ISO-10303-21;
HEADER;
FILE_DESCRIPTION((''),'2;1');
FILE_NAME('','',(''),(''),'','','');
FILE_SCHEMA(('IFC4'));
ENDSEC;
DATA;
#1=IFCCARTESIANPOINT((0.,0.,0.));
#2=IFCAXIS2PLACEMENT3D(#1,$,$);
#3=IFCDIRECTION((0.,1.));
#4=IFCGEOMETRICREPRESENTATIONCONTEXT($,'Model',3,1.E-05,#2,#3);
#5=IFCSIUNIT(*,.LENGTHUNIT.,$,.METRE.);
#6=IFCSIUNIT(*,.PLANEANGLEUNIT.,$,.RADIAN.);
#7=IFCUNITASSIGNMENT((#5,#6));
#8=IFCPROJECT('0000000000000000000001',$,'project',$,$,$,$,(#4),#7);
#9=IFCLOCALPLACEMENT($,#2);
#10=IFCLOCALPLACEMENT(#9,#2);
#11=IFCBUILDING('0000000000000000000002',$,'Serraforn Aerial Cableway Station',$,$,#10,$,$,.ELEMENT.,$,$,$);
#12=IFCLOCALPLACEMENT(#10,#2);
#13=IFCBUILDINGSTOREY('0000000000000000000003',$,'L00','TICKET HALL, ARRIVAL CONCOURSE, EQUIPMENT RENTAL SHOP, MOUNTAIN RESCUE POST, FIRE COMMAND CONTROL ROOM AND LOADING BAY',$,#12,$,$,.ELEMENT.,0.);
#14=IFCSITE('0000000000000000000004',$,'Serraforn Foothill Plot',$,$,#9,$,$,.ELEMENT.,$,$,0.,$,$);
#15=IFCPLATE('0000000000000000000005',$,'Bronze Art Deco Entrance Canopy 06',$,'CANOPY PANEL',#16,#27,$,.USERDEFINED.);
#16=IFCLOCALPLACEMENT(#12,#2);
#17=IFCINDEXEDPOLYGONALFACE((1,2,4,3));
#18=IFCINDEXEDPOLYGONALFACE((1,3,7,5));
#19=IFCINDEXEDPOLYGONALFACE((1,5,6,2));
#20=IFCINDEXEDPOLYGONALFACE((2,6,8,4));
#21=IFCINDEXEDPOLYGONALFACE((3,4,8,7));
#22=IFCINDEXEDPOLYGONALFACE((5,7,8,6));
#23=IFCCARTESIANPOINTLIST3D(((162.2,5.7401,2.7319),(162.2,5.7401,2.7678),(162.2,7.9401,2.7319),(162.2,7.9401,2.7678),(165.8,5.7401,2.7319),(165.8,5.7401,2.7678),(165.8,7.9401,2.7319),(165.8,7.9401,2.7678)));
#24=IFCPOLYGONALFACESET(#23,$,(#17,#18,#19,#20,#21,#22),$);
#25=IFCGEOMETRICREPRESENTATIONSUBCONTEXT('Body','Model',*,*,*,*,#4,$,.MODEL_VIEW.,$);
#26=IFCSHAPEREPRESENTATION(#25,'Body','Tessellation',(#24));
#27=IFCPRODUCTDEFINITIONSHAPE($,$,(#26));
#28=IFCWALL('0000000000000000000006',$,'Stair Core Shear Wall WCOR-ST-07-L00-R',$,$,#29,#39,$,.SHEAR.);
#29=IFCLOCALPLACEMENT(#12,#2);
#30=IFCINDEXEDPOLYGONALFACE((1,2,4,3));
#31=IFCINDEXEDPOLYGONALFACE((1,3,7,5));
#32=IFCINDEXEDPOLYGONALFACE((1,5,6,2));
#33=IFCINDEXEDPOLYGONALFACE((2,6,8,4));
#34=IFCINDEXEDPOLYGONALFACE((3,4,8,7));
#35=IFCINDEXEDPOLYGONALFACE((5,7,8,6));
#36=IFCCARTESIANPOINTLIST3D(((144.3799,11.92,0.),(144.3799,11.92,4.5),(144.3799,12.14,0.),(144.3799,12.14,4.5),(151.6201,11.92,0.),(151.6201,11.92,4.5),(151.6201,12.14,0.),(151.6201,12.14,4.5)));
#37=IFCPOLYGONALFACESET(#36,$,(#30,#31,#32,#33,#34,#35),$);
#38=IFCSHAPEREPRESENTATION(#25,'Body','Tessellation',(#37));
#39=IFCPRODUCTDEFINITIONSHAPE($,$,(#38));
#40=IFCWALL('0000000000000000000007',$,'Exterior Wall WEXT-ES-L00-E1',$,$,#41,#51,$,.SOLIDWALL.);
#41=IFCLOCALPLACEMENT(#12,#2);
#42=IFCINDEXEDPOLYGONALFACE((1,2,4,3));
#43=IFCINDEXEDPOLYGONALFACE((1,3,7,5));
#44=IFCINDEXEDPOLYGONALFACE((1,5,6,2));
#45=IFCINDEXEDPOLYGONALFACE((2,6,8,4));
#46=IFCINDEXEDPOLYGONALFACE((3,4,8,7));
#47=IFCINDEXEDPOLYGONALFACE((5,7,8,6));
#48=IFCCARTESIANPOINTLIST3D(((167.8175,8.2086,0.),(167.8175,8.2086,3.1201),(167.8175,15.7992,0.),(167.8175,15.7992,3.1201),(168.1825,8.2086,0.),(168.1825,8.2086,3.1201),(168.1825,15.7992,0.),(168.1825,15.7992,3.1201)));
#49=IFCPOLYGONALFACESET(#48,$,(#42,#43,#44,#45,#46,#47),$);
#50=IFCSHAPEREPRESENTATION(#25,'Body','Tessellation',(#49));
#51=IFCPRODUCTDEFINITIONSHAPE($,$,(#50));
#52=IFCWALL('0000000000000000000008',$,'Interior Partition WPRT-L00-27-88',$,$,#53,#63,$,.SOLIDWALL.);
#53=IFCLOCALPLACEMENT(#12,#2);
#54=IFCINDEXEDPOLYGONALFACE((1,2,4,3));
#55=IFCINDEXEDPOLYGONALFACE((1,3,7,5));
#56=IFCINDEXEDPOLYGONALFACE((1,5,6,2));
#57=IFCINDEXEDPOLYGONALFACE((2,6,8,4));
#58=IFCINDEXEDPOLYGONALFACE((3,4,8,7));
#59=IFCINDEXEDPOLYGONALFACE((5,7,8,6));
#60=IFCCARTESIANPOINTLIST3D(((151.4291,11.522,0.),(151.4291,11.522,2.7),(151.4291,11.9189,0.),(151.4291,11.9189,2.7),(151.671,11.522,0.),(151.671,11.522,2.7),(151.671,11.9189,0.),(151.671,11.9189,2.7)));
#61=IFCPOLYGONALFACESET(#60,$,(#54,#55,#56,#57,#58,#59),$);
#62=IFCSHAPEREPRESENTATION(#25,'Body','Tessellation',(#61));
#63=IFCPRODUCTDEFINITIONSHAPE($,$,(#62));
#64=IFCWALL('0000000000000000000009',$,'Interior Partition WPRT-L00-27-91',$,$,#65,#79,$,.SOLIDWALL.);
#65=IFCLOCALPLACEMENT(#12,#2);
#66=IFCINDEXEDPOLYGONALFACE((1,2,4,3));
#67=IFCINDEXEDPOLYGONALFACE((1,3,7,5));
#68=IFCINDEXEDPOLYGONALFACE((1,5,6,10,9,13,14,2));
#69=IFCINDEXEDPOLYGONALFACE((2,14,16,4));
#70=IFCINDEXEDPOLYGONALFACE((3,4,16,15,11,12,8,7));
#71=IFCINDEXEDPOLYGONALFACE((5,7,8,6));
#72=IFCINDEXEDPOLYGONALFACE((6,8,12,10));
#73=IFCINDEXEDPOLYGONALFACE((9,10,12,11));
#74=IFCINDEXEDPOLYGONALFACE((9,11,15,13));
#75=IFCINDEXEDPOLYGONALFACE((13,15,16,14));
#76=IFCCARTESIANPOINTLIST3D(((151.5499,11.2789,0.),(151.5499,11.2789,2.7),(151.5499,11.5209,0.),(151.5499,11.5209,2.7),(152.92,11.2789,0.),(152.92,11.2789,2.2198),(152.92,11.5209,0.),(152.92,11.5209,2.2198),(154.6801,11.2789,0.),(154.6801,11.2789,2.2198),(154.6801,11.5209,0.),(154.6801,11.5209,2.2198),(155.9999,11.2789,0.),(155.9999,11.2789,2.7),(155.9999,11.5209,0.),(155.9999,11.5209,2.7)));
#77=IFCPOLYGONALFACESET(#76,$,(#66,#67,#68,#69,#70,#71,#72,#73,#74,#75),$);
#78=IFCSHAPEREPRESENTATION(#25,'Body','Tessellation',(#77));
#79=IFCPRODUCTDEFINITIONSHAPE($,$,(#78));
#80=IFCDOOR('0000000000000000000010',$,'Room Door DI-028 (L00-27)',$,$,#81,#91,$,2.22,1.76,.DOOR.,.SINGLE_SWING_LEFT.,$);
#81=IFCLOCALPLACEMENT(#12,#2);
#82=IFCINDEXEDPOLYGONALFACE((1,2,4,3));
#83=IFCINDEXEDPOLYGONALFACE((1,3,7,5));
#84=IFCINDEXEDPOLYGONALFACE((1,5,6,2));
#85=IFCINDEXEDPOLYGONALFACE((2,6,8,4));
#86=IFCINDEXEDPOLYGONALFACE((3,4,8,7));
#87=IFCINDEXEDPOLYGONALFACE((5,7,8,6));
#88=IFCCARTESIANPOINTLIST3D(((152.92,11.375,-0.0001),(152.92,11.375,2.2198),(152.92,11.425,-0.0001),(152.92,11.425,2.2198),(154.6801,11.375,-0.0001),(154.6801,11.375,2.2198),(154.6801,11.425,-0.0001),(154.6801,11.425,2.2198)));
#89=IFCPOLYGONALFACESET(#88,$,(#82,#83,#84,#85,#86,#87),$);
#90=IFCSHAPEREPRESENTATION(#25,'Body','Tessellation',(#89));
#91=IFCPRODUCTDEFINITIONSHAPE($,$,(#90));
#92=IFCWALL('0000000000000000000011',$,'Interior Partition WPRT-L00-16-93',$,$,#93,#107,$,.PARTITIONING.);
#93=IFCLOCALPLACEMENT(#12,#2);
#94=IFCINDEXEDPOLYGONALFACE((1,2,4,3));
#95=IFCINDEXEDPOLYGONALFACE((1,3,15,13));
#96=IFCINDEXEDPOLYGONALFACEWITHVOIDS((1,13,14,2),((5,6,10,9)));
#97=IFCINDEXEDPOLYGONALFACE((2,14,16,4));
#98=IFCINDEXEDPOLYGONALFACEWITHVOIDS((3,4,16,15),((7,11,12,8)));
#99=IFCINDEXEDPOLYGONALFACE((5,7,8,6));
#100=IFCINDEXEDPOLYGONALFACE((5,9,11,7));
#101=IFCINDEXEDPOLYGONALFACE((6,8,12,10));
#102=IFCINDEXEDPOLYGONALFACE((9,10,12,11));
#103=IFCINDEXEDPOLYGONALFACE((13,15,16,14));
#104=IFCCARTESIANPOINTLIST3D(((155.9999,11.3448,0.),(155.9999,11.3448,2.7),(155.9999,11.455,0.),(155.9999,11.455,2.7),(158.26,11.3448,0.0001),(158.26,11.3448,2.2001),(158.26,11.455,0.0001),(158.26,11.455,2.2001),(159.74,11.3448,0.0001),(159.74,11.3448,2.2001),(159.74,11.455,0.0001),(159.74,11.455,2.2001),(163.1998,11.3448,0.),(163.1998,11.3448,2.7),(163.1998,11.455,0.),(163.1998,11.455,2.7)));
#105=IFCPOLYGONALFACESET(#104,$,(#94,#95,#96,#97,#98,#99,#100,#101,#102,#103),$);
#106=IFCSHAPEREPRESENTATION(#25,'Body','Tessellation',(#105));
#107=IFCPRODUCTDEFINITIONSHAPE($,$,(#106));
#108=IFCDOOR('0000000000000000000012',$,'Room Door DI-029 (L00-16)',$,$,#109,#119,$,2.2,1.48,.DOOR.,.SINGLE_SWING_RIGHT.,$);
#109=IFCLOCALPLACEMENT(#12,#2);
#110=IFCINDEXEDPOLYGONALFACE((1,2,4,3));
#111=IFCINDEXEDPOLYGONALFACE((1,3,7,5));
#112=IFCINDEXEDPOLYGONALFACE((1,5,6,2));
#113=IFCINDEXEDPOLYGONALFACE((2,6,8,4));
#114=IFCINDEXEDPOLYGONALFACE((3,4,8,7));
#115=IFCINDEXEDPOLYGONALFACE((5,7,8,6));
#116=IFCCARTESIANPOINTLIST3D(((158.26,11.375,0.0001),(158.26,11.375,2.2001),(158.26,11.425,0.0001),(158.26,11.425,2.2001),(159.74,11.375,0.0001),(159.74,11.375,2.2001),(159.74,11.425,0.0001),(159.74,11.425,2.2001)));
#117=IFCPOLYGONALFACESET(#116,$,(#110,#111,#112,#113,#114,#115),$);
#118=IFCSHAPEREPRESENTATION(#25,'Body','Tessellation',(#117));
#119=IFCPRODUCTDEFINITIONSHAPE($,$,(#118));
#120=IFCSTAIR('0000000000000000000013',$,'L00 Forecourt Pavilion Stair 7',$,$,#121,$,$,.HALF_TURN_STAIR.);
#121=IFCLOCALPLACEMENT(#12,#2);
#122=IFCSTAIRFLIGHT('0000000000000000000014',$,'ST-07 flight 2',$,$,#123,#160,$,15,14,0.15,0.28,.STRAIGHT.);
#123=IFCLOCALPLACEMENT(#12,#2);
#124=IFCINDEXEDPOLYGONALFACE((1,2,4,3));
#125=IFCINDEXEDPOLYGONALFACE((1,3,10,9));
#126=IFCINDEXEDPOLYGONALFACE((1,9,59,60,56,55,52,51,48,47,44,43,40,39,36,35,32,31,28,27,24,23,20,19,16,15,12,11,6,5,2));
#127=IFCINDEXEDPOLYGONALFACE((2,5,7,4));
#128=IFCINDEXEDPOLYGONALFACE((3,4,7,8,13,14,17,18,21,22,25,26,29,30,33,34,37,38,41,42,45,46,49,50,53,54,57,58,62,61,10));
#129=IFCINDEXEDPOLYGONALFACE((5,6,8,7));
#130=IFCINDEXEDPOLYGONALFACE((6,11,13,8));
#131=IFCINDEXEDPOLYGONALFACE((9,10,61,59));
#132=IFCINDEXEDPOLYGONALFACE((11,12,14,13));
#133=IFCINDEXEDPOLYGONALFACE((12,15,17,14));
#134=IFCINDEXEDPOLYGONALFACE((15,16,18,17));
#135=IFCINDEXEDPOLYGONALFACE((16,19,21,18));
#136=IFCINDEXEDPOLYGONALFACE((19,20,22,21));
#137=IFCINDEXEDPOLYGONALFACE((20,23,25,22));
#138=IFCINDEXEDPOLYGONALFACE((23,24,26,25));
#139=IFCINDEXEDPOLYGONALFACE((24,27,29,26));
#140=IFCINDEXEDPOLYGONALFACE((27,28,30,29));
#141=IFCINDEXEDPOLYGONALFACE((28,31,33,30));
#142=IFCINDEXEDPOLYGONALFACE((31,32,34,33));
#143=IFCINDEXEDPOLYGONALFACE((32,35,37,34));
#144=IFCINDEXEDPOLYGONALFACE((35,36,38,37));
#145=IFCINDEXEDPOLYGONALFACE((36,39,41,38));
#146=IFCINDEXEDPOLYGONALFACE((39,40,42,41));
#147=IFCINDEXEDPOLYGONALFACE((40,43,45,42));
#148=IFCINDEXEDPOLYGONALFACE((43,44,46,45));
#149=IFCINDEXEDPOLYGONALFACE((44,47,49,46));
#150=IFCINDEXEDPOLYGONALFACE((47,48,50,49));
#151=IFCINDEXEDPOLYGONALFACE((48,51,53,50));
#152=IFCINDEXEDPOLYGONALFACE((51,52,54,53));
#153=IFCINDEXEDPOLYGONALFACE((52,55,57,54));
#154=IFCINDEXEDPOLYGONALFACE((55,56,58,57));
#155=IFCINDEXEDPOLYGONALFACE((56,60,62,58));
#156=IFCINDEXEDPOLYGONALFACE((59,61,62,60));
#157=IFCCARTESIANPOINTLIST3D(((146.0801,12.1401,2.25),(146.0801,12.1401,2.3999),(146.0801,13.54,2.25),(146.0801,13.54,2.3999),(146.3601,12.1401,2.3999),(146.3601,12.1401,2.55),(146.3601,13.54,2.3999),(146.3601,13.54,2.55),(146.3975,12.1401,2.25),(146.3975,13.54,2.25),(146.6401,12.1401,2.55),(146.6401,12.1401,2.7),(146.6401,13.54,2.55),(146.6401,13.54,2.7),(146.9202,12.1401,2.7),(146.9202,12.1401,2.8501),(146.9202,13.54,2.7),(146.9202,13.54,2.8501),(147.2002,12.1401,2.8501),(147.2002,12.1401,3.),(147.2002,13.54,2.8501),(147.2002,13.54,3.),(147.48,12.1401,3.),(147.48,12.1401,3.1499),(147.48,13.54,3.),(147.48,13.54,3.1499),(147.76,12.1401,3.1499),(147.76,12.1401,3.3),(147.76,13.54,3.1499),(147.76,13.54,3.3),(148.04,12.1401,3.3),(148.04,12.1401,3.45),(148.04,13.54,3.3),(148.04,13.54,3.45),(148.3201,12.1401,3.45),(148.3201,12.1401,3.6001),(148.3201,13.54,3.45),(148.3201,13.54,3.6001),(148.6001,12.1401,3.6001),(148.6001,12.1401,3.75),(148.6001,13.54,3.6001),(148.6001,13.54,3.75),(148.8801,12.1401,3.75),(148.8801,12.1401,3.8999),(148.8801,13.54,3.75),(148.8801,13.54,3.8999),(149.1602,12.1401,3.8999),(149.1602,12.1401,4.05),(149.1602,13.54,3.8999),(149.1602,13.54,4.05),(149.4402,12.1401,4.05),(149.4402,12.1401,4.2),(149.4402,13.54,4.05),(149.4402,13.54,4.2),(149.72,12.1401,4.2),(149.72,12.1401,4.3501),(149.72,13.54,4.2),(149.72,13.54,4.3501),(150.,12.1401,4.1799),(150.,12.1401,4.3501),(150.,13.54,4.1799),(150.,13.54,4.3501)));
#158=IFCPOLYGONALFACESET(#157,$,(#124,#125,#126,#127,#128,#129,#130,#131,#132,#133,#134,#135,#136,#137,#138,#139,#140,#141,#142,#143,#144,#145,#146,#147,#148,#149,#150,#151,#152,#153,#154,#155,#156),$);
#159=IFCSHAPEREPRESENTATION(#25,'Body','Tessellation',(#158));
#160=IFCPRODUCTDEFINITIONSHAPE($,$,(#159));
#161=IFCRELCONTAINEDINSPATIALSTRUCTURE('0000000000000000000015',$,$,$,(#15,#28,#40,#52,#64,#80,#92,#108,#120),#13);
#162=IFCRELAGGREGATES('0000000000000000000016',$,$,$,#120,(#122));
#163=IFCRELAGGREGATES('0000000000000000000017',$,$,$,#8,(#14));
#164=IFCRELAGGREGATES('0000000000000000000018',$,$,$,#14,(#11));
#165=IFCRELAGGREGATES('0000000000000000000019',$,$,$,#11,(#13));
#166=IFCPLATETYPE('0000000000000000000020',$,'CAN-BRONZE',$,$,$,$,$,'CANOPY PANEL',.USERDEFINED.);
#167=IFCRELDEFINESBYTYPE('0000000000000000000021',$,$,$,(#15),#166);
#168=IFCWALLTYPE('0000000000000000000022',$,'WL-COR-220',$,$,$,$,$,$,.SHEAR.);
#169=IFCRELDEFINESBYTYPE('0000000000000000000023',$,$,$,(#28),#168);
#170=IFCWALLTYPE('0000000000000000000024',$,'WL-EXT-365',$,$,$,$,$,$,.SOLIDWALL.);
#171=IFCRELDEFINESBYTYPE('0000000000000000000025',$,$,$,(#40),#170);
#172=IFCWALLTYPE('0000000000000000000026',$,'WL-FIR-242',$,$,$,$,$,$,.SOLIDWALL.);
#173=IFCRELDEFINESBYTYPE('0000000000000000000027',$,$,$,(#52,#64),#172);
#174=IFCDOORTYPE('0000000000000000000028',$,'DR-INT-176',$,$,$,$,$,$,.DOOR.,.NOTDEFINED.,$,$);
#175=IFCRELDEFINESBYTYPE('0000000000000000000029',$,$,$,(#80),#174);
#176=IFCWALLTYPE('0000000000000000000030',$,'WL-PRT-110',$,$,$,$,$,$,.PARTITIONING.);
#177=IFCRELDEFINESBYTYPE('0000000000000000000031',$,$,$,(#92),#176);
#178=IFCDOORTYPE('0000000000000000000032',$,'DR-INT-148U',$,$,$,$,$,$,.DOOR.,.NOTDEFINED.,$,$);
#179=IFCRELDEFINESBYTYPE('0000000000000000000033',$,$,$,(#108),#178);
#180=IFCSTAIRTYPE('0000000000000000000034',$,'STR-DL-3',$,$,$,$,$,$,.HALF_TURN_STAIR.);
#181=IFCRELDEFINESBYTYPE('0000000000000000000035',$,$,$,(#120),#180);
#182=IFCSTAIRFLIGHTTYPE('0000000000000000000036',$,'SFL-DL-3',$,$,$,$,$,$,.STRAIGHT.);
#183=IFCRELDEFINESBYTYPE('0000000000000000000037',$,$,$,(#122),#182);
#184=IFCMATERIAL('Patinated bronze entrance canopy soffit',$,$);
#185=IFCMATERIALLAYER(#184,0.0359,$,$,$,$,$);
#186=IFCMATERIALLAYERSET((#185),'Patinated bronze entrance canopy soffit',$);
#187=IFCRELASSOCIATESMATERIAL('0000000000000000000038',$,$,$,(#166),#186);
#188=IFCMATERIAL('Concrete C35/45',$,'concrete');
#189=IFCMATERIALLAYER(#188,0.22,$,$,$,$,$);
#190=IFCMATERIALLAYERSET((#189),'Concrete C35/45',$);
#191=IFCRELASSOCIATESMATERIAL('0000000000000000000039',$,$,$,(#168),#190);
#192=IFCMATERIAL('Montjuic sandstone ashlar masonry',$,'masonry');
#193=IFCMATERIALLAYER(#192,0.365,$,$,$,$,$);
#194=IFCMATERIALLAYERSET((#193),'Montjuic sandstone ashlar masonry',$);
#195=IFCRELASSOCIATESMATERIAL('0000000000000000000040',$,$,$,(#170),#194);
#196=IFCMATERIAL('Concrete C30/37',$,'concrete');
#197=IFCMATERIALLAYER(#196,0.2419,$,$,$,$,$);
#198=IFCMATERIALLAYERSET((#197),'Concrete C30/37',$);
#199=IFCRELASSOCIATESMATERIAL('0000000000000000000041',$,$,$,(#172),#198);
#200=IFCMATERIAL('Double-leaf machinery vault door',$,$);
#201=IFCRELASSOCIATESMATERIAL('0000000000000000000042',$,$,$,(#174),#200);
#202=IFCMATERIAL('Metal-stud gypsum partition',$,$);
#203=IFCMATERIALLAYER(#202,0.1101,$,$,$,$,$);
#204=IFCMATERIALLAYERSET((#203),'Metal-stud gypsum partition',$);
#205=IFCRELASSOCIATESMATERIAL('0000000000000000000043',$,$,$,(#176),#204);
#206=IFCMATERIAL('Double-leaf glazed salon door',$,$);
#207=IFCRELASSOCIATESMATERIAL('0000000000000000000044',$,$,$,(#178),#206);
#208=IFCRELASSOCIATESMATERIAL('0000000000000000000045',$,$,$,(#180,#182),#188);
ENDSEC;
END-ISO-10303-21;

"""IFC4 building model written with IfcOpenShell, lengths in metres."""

from ifc_helpers import new_model, si_unit, direction, frame, frame_2d, origin, origin_2d, place, context, subcontext, project, spatial, polyline, rectangle, outline, extrude, material, layer, layer_set, type_object, element, fill, aggregate, save


model = new_model("IFC4")

# Units and contexts
model_context = context("Model", 3, precision=1e-05, world=origin(), true_north=direction((0.0, 1.0)))
body_context = subcontext(model_context, "Body", "Model", "MODEL_VIEW")
ifc_project = project(units=[si_unit("LENGTHUNIT", "METRE"), si_unit("PLANEANGLEUNIT", "RADIAN")], contexts=[model_context])

# Site, building, storey
site_placement = place(None, origin())
site = spatial("IfcSite", under=ifc_project, at=site_placement, Name="Serraforn Foothill Plot", CompositionType="ELEMENT", RefElevation=0.0)
building_placement = place(site_placement, origin())
building = spatial("IfcBuilding", under=site, at=building_placement, Name="Serraforn Aerial Cableway Station", CompositionType="ELEMENT")
storey_placement = place(building_placement, origin())
storey = spatial("IfcBuildingStorey", under=building, at=storey_placement, Name="L00", Description="TICKET HALL, ARRIVAL CONCOURSE, EQUIPMENT RENTAL SHOP, MOUNTAIN RESCUE POST, FIRE COMMAND CONTROL ROOM AND LOADING BAY", CompositionType="ELEMENT", Elevation=0.0)

# Shared definitions
ifc_material_1 = material(Name="Concrete C35/45", Category="concrete")

# Plate
ifc_material_2 = material(Name="Patinated bronze entrance canopy soffit")
ifc_layer_1 = layer(ifc_material_2, 0.0359)
ifc_layer_set_1 = layer_set([ifc_layer_1], Name="Patinated bronze entrance canopy soffit")
plate_type = type_object("IfcPlateType", Name="CAN-BRONZE", ElementType="CANOPY PANEL", PredefinedType="USERDEFINED", material=ifc_layer_set_1)
plate_placement = place(storey_placement, frame((164.0, 6.8401, 2.7319), z_axis=(0.0, 0.0, 1.0), x_axis=(1.0, 0.0, 0.0)))
element("IfcPlate", 1, at=plate_placement, inside=storey, type_object=plate_type, Name="Bronze Art Deco Entrance Canopy 06", ObjectType="CANOPY PANEL", PredefinedType="USERDEFINED", context=body_context, shape_type="SweptSolid", body=[
    extrude(rectangle(XDim=3.6001, YDim=2.2, at=origin_2d()), origin(), (0.0, 0.0, 1.0), 0.0359),
])

# Wall
ifc_layer_2 = layer(ifc_material_1, 0.22)
ifc_layer_set_2 = layer_set([ifc_layer_2], Name="Concrete C35/45")
wall_type_1 = type_object("IfcWallType", Name="WL-COR-220", PredefinedType="SHEAR", material=ifc_layer_set_2)
wall_1_placement = place(storey_placement, frame((151.6201, 12.03, 0.0), z_axis=(0.0, 0.0, 1.0), x_axis=(-1.0, 0.0, 0.0)))
element("IfcWall", 2, at=wall_1_placement, inside=storey, type_object=wall_type_1, Name="Stair Core Shear Wall WCOR-ST-07-L00-R", PredefinedType="SHEAR", context=body_context, shape_type="SweptSolid", body=[
    extrude(rectangle(XDim=7.2402, YDim=0.22, at=frame_2d((3.6201, 0.0))), origin(), (0.0, 0.0, 1.0), 4.5),
])

# Wall
ifc_material_3 = material(Name="Montjuic sandstone ashlar masonry", Category="masonry")
ifc_layer_3 = layer(ifc_material_3, 0.365)
ifc_layer_set_3 = layer_set([ifc_layer_3], Name="Montjuic sandstone ashlar masonry")
wall_type_2 = type_object("IfcWallType", Name="WL-EXT-365", PredefinedType="SOLIDWALL", material=ifc_layer_set_3)
wall_2_placement = place(storey_placement, frame((168.0, 8.2085, 0.0), z_axis=(0.0, 0.0, 1.0), x_axis=(0.0, 1.0, 0.0)))
element("IfcWall", 3, at=wall_2_placement, inside=storey, type_object=wall_type_2, Name="Exterior Wall WEXT-ES-L00-E1", PredefinedType="SOLIDWALL", context=body_context, shape_type="SweptSolid", body=[
    extrude(rectangle(XDim=7.5906, YDim=0.365, at=frame_2d((3.7954, 0.0))), origin(), (0.0, 0.0, 1.0), 3.1201),
])

# Wall
ifc_material_4 = material(Name="Concrete C30/37", Category="concrete")
ifc_layer_4 = layer(ifc_material_4, 0.2419)
ifc_layer_set_4 = layer_set([ifc_layer_4], Name="Concrete C30/37")
wall_type_3 = type_object("IfcWallType", Name="WL-FIR-242", PredefinedType="SOLIDWALL", material=ifc_layer_set_4)
wall_3_placement = place(storey_placement, frame((151.55, 11.522, 0.0), z_axis=(0.0, 0.0, 1.0), x_axis=(0.0, 1.0, 0.0)))
element("IfcWall", 4, at=wall_3_placement, inside=storey, type_object=wall_type_3, Name="Interior Partition WPRT-L00-27-88", PredefinedType="SOLIDWALL", context=body_context, shape_type="SweptSolid", body=[
    extrude(rectangle(XDim=0.397, YDim=0.2419, at=frame_2d((0.1985, 0.0))), origin(), (0.0, 0.0, 1.0), 2.7),
])

# Walls, openings, doors
wall_4_placement = place(storey_placement, frame((156.0, 11.3999, 0.0), z_axis=(0.0, 0.0, 1.0), x_axis=(-1.0, 0.0, 0.0)))
wall_4 = element("IfcWall", 5, at=wall_4_placement, inside=storey, type_object=wall_type_3, Name="Interior Partition WPRT-L00-27-91", PredefinedType="SOLIDWALL", context=body_context, shape_type="SweptSolid", body=[
    extrude(rectangle(XDim=4.45, YDim=0.2419, at=frame_2d((2.2251, 0.0))), origin(), (0.0, 0.0, 1.0), 2.7),
])
opening_1_placement = place(wall_4_placement, frame((1.3201, 0.0, 0.0)))
opening_1 = element("IfcOpeningElement", 6, at=opening_1_placement, cuts=wall_4, PredefinedType="OPENING", context=body_context, shape_type="SweptSolid", body=[
    extrude(rectangle(XDim=1.76, YDim=2.22, at=frame_2d((0.8799, 1.1099))), frame((0.0, 0.1309, 0.0), z_axis=(0.0, -1.0, 0.0), x_axis=(1.0, 0.0, 0.0)), (0.0, 0.0, 1.0), 0.262),
])
ifc_material_5 = material(Name="Double-leaf machinery vault door")
door_type_1 = type_object("IfcDoorType", Name="DR-INT-176", OperationType="NOTDEFINED", PredefinedType="DOOR", material=ifc_material_5)
door_1_placement = place(opening_1_placement, origin())
door_1 = element("IfcDoor", 7, at=door_1_placement, inside=storey, type_object=door_type_1, Name="Room Door DI-028 (L00-27)", OperationType="SINGLE_SWING_LEFT", OverallHeight=2.22, OverallWidth=1.76, PredefinedType="DOOR", context=body_context, shape_type="SweptSolid", body=[
    extrude(rectangle(XDim=1.76, YDim=2.22, at=frame_2d((0.8799, 1.1099))), frame((0.0, 0.0249, 0.0), z_axis=(0.0, -1.0, 0.0), x_axis=(1.0, 0.0, 0.0)), (0.0, 0.0, 1.0), 0.05),
])
fill(opening_1, door_1)
ifc_material_6 = material(Name="Metal-stud gypsum partition")
ifc_layer_5 = layer(ifc_material_6, 0.1101)
ifc_layer_set_5 = layer_set([ifc_layer_5], Name="Metal-stud gypsum partition")
wall_type_4 = type_object("IfcWallType", Name="WL-PRT-110", PredefinedType="PARTITIONING", material=ifc_layer_set_5)
wall_5_placement = place(storey_placement, frame((163.2, 11.3999, 0.0), z_axis=(0.0, 0.0, 1.0), x_axis=(-1.0, 0.0, 0.0)))
wall_5 = element("IfcWall", 8, at=wall_5_placement, inside=storey, type_object=wall_type_4, Name="Interior Partition WPRT-L00-16-93", PredefinedType="PARTITIONING", context=body_context, shape_type="SweptSolid", body=[
    extrude(rectangle(XDim=7.2, YDim=0.1101, at=frame_2d((3.6001, 0.0))), origin(), (0.0, 0.0, 1.0), 2.7),
])
opening_2_placement = place(wall_5_placement, frame((3.46, 0.0, 0.0)))
opening_2 = element("IfcOpeningElement", 9, at=opening_2_placement, cuts=wall_5, PredefinedType="OPENING", context=body_context, shape_type="SweptSolid", body=[
    extrude(rectangle(XDim=1.48, YDim=2.2, at=frame_2d((0.74, 1.1001))), frame((0.0, 0.0649, 0.0), z_axis=(0.0, -1.0, 0.0), x_axis=(1.0, 0.0, 0.0)), (0.0, 0.0, 1.0), 0.1301),
])
ifc_material_7 = material(Name="Double-leaf glazed salon door")
door_type_2 = type_object("IfcDoorType", Name="DR-INT-148U", OperationType="NOTDEFINED", PredefinedType="DOOR", material=ifc_material_7)
door_2_placement = place(opening_2_placement, origin())
door_2 = element("IfcDoor", 10, at=door_2_placement, inside=storey, type_object=door_type_2, Name="Room Door DI-029 (L00-16)", OperationType="SINGLE_SWING_RIGHT", OverallHeight=2.2, OverallWidth=1.48, PredefinedType="DOOR", context=body_context, shape_type="SweptSolid", body=[
    extrude(rectangle(XDim=1.48, YDim=2.2, at=frame_2d((0.74, 1.1001))), frame((0.0, 0.0249, 0.0), z_axis=(0.0, -1.0, 0.0), x_axis=(1.0, 0.0, 0.0)), (0.0, 0.0, 1.0), 0.05),
])
fill(opening_2, door_2)

# Stair, stair flight
stair_type = type_object("IfcStairType", Name="STR-DL-3", PredefinedType="HALF_TURN_STAIR", material=ifc_material_1)
stair_placement = place(storey_placement, origin())
stair = element("IfcStair", 11, at=stair_placement, inside=storey, type_object=stair_type, Name="L00 Forecourt Pavilion Stair 7", PredefinedType="HALF_TURN_STAIR")
stair_flight_type = type_object("IfcStairFlightType", Name="SFL-DL-3", PredefinedType="STRAIGHT", material=ifc_material_1)
stair_flight_placement = place(storey_placement, frame((146.0801, 12.8401, 2.25), z_axis=(0.0, 0.0, 1.0), x_axis=(1.0, 0.0, 0.0)))
stair_flight = element("IfcStairFlight", 12, at=stair_flight_placement, type_object=stair_flight_type, Name="ST-07 flight 2", NumberOfRisers=15, NumberOfTreads=14, PredefinedType="STRAIGHT", RiserHeight=0.15, TreadLength=0.28, context=body_context, shape_type="SweptSolid", body=[
    extrude(outline(polyline([(0.0, 0.0), (0.0, 0.1499), (0.28, 0.1499), (0.28, 0.3), (0.5601, 0.3), (0.5601, 0.45), (0.8401, 0.45), (0.8401, 0.6001), (1.1201, 0.6001), (1.1201, 0.75), (1.3999, 0.75), (1.3999, 0.8999), (1.6799, 0.8999), (1.6799, 1.05), (1.96, 1.05), (1.96, 1.2), (2.24, 1.2), (2.24, 1.3501), (2.52, 1.3501), (2.52, 1.5), (2.8, 1.5), (2.8, 1.6499), (3.0801, 1.6499), (3.0801, 1.8), (3.3601, 1.8), (3.3601, 1.95), (3.6399, 1.95), (3.6399, 2.1001), (3.9199, 2.1001), (3.9199, 2.25), (3.9199, 1.9299), (0.3174, 0.0), (0.0, 0.0)])), frame((0.0, 0.7, 0.0), z_axis=(0.0, -1.0, 0.0), x_axis=(1.0, 0.0, 0.0)), (0.0, 0.0, 1.0), 1.3999),
])
aggregate(stair, [stair_flight])

save(model, "model.ifc")
